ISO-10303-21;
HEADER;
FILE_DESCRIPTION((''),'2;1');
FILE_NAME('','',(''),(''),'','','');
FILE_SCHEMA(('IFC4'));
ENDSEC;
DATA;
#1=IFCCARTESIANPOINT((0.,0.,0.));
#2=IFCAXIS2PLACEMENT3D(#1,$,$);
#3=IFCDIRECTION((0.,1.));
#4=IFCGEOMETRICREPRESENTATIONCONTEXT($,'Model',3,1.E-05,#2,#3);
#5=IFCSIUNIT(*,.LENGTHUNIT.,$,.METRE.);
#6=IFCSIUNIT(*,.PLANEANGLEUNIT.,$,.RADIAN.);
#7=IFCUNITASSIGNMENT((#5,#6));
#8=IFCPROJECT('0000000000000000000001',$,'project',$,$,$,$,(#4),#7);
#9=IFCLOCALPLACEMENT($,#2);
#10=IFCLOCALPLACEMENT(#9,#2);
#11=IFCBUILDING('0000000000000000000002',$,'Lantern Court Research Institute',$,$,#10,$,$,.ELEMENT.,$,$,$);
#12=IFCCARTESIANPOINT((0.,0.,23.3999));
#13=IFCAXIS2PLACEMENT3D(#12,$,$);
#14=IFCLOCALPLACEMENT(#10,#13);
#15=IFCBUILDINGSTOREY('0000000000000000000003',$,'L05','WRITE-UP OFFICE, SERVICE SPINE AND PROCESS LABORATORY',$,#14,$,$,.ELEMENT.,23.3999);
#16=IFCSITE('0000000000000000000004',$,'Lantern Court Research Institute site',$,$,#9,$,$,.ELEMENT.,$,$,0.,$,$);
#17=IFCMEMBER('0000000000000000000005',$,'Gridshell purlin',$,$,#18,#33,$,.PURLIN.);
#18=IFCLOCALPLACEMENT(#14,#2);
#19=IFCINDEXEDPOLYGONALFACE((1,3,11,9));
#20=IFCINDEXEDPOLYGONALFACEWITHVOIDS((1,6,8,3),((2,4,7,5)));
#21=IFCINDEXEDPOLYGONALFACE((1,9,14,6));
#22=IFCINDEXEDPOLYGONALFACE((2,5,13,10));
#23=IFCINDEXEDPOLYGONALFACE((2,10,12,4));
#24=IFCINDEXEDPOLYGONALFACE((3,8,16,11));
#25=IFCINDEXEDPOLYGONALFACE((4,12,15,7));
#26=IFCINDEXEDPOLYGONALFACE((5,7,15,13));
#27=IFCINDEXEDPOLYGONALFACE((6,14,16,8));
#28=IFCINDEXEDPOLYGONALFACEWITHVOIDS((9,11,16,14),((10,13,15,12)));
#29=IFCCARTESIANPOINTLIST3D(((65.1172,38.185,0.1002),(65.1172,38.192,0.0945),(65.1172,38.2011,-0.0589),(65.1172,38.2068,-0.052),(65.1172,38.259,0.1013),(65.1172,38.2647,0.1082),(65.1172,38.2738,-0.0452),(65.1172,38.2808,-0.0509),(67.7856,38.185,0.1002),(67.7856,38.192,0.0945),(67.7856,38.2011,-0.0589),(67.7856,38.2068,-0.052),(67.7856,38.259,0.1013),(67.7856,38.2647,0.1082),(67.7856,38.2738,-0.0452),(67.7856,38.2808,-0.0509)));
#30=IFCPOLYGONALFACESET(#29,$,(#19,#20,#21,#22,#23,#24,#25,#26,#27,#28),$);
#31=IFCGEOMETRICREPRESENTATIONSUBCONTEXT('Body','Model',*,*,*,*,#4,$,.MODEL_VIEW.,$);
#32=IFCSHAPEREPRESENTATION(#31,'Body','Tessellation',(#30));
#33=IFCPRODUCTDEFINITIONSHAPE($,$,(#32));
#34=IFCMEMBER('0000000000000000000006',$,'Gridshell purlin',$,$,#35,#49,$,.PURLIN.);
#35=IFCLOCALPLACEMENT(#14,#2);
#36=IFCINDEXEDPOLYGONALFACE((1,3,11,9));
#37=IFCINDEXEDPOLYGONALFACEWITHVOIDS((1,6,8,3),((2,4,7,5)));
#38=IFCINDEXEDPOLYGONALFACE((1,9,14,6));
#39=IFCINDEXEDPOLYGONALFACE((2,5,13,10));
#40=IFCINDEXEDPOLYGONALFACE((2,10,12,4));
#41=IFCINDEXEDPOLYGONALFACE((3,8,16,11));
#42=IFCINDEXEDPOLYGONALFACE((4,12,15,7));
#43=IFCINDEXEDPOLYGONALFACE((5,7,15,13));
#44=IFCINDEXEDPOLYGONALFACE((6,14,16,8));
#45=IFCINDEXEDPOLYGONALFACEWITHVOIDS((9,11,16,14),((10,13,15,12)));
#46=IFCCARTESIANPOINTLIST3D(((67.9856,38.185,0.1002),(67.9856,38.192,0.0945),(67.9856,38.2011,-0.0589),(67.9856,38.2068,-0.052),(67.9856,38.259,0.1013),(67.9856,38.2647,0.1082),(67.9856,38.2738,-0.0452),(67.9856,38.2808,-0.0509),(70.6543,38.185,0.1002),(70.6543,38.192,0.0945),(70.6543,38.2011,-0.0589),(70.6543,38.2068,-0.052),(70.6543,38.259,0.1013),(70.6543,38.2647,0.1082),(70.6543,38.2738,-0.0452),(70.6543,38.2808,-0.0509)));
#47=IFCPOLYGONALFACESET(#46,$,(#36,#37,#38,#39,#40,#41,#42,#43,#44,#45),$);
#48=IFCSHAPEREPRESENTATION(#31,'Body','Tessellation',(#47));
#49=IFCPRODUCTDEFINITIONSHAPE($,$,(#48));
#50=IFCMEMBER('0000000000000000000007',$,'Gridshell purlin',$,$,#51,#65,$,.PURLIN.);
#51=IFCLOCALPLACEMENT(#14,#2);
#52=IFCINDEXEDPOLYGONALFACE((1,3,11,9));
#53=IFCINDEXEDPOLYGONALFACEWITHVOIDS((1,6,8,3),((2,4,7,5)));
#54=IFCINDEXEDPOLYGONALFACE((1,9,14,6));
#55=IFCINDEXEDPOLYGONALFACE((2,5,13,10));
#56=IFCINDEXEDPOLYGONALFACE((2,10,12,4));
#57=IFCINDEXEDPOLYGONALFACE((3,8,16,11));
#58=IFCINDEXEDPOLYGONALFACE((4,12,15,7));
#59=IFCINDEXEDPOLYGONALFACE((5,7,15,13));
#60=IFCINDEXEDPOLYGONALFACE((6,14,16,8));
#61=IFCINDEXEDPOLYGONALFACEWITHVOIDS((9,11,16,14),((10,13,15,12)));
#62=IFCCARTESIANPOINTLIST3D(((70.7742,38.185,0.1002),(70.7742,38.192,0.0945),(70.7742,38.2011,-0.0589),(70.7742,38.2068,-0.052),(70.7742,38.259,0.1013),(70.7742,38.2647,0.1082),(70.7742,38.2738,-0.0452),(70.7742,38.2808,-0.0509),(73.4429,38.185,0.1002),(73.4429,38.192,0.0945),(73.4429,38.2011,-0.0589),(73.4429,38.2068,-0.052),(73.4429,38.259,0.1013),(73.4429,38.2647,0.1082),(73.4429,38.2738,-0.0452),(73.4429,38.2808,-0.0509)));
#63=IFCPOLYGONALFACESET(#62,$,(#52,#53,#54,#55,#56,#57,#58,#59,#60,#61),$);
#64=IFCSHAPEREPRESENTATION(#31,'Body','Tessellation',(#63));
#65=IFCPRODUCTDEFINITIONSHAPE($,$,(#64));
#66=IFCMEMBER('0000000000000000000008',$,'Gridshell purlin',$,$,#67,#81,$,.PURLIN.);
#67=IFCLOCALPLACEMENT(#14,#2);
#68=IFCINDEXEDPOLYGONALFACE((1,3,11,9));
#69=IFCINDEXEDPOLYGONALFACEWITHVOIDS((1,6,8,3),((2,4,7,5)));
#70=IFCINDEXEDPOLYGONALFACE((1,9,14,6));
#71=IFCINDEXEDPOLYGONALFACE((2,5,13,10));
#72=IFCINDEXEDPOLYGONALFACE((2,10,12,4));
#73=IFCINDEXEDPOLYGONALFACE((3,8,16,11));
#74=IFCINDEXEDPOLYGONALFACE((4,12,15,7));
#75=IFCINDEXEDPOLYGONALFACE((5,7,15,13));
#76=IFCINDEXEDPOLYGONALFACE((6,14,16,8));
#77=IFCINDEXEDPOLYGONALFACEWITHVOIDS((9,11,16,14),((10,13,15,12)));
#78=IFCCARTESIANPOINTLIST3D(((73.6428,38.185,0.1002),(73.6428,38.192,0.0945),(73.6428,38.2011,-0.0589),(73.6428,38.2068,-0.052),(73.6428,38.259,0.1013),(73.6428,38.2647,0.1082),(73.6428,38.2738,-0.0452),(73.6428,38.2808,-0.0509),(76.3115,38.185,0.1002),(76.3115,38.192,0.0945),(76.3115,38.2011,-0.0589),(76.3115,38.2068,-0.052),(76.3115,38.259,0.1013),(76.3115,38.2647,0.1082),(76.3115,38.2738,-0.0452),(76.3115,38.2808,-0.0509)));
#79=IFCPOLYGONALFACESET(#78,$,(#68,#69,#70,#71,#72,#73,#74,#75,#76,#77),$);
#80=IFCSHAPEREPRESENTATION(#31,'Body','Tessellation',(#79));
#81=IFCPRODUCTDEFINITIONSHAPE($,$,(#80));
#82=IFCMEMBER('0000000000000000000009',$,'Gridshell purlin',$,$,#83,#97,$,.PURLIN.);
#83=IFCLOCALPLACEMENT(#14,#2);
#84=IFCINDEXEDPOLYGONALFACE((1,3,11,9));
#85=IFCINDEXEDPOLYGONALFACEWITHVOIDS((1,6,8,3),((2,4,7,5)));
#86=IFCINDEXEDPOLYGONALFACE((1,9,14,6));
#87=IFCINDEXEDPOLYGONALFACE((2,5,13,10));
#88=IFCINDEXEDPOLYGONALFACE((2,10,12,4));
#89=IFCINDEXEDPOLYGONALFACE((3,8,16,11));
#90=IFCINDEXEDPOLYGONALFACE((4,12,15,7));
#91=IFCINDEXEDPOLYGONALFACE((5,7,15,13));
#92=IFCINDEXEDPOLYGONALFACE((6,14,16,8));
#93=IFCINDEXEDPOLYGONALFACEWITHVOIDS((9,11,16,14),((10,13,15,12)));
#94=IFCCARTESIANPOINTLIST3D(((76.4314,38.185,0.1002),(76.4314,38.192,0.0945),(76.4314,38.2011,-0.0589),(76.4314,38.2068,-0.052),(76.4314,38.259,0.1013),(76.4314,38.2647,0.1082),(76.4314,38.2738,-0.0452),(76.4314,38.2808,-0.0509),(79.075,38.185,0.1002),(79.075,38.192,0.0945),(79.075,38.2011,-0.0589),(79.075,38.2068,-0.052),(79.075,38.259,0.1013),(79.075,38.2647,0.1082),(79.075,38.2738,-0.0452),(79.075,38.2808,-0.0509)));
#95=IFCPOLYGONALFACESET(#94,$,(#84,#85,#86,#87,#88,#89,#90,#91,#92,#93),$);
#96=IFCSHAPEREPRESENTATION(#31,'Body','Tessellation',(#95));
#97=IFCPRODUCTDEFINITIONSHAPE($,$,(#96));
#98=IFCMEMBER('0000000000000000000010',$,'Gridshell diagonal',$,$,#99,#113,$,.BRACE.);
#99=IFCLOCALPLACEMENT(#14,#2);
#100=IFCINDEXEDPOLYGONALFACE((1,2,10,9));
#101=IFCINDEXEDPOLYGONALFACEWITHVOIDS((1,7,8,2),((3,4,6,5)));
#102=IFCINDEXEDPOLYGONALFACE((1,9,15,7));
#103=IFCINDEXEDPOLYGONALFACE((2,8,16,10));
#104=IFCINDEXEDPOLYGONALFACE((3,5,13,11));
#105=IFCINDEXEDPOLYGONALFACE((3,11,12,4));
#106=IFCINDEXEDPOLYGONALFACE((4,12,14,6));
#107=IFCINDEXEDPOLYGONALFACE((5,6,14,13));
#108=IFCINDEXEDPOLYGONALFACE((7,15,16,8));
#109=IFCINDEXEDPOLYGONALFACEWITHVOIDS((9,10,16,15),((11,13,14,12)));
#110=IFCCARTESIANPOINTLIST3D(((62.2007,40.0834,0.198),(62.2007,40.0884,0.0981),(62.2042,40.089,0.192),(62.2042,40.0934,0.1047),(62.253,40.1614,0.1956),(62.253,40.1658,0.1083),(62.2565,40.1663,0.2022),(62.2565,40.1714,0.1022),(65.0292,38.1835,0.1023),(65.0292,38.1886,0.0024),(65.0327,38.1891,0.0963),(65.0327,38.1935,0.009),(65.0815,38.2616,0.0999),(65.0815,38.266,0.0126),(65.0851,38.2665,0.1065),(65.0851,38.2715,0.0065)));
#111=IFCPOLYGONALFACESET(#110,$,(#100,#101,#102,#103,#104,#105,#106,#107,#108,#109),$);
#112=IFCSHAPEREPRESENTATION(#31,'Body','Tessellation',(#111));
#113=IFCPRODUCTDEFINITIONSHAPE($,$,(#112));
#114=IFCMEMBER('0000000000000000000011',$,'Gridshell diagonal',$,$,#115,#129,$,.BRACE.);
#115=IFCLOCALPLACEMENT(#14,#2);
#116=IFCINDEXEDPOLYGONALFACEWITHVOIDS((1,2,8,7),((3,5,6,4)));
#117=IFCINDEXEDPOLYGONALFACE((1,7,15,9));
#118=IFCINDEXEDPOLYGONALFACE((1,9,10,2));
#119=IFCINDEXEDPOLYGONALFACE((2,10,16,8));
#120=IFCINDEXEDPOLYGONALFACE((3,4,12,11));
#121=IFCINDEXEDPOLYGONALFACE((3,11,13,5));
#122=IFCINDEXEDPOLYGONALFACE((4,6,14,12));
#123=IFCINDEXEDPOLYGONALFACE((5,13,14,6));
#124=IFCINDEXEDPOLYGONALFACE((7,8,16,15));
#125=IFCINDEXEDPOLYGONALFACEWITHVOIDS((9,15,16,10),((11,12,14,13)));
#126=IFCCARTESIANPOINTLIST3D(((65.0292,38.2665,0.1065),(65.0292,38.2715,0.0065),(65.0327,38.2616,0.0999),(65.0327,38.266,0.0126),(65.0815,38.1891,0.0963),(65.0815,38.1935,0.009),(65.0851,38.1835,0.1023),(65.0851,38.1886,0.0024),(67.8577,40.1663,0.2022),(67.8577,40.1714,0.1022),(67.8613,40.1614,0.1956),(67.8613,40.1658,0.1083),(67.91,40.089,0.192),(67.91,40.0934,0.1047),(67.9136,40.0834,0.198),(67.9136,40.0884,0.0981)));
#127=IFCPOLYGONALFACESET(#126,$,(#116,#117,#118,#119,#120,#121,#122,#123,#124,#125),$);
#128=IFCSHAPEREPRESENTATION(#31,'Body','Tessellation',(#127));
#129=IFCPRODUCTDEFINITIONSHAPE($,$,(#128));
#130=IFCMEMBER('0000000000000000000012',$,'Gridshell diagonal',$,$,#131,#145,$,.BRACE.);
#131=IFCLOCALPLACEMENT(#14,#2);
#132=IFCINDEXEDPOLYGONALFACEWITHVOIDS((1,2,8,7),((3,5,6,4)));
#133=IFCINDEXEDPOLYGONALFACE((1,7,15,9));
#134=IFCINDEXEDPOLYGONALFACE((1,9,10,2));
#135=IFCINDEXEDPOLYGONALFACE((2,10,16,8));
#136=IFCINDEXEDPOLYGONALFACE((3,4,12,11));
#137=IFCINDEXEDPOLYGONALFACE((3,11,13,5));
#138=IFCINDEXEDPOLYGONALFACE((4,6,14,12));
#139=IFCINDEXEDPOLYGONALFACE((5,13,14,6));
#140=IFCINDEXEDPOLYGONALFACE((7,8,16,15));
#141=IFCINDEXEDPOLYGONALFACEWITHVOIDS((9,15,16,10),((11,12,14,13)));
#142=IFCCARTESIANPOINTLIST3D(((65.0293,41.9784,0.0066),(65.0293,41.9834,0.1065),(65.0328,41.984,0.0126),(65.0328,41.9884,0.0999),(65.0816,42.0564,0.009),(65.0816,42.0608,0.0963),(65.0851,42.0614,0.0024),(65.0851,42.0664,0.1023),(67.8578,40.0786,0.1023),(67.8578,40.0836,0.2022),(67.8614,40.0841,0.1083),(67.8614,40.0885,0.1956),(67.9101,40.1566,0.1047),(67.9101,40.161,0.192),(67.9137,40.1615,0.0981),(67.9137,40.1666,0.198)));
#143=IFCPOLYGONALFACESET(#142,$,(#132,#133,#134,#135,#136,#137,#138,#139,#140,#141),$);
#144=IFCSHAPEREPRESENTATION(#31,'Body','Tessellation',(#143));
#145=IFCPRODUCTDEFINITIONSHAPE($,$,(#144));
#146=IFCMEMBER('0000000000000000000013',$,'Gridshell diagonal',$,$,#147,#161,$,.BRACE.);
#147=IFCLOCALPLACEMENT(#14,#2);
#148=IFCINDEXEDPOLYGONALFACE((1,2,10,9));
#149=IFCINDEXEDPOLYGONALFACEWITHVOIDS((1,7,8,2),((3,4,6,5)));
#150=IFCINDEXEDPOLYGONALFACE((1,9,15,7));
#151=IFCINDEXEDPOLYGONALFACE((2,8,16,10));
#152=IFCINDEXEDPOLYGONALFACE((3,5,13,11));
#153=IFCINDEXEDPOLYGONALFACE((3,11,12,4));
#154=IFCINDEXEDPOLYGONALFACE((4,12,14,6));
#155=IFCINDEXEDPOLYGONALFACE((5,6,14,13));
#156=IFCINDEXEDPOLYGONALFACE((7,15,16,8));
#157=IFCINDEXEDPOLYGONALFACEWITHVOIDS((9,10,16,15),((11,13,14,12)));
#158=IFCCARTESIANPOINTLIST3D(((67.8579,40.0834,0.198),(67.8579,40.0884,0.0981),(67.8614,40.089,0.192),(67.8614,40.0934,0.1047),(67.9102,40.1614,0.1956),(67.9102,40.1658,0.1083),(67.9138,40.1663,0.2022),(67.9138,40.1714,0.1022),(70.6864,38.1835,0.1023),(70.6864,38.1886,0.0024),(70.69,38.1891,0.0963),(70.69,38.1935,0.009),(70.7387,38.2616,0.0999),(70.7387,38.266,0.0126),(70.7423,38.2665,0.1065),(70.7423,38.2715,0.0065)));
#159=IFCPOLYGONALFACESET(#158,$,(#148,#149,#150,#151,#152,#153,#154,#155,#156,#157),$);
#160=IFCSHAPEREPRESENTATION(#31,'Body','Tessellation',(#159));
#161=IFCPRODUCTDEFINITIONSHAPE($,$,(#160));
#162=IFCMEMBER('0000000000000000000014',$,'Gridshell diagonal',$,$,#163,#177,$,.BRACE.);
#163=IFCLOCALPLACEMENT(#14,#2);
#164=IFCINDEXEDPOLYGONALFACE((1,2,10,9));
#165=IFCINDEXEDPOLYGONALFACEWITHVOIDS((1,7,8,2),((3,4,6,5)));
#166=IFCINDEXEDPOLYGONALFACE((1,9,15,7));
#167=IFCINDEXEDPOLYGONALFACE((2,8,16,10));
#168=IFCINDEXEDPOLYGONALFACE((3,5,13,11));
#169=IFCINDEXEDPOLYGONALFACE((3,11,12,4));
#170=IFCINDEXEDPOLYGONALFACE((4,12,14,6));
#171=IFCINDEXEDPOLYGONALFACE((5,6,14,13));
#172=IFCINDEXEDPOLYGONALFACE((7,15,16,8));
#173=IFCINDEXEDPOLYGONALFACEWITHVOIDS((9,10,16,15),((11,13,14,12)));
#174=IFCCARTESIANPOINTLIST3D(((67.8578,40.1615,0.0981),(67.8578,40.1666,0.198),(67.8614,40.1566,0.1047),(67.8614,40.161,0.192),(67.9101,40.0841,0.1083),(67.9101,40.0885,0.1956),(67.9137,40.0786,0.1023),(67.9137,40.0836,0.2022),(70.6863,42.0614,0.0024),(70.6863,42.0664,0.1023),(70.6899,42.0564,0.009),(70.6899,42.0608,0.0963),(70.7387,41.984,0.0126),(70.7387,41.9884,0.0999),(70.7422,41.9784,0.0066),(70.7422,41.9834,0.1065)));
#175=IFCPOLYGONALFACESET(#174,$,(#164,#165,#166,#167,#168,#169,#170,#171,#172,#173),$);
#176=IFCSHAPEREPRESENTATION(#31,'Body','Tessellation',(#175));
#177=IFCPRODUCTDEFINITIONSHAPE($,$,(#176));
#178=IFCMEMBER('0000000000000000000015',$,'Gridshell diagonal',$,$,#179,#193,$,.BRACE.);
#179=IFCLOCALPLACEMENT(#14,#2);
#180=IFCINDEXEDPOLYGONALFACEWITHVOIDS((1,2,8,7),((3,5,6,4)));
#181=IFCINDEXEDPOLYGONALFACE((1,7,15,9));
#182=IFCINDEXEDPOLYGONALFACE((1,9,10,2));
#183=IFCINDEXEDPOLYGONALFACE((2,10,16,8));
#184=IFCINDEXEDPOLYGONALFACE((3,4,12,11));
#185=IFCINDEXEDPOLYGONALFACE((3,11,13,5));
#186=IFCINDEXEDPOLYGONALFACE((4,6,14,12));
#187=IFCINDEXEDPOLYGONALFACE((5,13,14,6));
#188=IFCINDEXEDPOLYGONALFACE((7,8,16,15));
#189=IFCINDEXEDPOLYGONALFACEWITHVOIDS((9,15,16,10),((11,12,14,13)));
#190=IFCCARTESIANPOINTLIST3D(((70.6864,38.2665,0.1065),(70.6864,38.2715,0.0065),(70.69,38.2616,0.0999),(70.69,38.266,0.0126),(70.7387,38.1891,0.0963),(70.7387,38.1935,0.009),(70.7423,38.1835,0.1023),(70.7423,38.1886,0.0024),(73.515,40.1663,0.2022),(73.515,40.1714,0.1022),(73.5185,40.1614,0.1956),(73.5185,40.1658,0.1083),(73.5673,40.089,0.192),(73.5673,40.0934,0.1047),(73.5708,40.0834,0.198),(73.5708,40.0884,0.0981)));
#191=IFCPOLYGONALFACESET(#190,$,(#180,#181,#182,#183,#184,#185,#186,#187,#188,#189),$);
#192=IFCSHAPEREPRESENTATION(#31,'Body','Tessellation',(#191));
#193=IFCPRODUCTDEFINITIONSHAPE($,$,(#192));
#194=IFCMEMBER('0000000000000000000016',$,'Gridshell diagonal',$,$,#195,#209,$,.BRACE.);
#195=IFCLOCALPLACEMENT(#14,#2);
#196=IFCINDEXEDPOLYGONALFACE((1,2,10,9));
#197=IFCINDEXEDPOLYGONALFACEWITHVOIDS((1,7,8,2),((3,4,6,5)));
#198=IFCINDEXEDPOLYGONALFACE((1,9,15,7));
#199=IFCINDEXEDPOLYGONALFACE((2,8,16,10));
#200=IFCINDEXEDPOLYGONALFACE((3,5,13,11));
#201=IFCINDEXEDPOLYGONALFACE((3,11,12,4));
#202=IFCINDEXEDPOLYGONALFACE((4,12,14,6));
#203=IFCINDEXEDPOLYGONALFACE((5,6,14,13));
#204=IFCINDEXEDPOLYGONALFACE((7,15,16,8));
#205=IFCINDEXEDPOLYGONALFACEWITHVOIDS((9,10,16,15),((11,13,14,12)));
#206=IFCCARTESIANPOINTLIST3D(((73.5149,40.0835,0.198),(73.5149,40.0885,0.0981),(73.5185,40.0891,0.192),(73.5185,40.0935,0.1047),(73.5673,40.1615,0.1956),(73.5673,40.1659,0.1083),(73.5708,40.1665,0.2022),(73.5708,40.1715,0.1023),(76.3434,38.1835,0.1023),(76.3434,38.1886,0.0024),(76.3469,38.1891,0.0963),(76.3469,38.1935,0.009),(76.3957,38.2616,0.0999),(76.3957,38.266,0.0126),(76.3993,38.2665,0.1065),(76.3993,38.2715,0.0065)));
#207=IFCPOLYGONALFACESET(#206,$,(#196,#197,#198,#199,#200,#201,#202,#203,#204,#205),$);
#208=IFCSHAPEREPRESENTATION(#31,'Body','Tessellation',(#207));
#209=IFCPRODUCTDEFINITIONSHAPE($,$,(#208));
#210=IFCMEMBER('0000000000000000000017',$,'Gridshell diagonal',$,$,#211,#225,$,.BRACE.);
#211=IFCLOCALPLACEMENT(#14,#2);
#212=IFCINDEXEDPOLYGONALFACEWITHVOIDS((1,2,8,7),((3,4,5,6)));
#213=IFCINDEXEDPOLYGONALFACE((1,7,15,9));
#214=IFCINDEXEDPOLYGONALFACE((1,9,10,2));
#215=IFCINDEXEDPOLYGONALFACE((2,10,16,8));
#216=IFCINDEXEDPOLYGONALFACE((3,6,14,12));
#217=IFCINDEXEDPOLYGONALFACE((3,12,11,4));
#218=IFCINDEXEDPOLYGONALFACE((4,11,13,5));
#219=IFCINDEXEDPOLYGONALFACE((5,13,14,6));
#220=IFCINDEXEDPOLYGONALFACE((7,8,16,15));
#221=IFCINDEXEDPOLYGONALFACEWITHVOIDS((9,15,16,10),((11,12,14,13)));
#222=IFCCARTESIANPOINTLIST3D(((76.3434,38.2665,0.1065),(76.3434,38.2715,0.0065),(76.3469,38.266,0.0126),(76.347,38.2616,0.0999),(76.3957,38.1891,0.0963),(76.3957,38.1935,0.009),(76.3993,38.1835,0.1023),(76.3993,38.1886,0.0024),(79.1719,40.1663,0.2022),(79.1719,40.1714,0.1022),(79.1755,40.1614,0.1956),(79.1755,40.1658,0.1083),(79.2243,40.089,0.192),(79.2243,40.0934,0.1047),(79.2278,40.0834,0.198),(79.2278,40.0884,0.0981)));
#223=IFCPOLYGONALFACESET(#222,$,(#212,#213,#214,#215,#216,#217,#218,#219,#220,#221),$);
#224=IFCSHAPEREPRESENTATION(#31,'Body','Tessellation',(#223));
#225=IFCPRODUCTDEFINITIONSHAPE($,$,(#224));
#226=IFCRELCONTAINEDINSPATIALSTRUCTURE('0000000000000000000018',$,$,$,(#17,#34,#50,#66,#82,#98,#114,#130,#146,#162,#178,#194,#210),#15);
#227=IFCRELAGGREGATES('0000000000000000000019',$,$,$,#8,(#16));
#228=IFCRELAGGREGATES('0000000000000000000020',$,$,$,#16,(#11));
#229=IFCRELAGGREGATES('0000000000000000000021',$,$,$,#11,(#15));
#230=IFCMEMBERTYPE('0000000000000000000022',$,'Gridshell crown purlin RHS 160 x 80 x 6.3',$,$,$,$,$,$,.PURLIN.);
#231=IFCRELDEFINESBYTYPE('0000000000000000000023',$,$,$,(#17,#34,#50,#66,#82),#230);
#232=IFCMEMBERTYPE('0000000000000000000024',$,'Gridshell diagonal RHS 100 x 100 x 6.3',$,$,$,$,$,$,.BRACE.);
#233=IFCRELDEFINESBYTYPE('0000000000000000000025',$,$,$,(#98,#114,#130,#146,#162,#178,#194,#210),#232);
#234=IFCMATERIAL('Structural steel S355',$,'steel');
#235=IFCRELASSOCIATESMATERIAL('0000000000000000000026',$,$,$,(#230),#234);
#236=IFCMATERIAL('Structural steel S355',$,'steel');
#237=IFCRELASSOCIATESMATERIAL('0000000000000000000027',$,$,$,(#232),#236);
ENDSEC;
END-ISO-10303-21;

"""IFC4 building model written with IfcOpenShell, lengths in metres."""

from ifc_helpers import new_model, si_unit, direction, frame, origin, origin_2d, place, context, subcontext, project, spatial, hollow_rectangle, extrude, material, material_profile, profile_set, type_object, element, save


model = new_model("IFC4")

# Units and contexts
model_context = context("Model", 3, precision=1e-05, world=origin(), true_north=direction((0.0, 1.0)))
body_context = subcontext(model_context, "Body", "Model", "MODEL_VIEW")
ifc_project = project(units=[si_unit("LENGTHUNIT", "METRE"), si_unit("PLANEANGLEUNIT", "RADIAN")], contexts=[model_context])

# Site, building, storey
site_placement = place(None, origin())
site = spatial("IfcSite", under=ifc_project, at=site_placement, Name="Lantern Court Research Institute site", CompositionType="ELEMENT", RefElevation=0.0)
building_placement = place(site_placement, origin())
building = spatial("IfcBuilding", under=site, at=building_placement, Name="Lantern Court Research Institute", CompositionType="ELEMENT")
storey_placement = place(building_placement, frame((0.0, 0.0, 23.3999)))
storey = spatial("IfcBuildingStorey", under=building, at=storey_placement, Name="L05", Description="WRITE-UP OFFICE, SERVICE SPINE AND PROCESS LABORATORY", CompositionType="ELEMENT", Elevation=23.3999)

# Members
ifc_material_1 = material(Name="Structural steel S355", Category="steel")
ifc_material_profile_1 = material_profile(ifc_material_1, hollow_rectangle(XDim=0.0801, YDim=0.1599, WallThickness=0.0063, at=origin_2d()), Name="Gridshell crown purlin RHS 160 x 80 x 6.3")
ifc_profile_set_1 = profile_set([ifc_material_profile_1], Name="Structural steel S355")
member_type_1 = type_object("IfcMemberType", Name="Gridshell crown purlin RHS 160 x 80 x 6.3", PredefinedType="PURLIN", material=ifc_profile_set_1)
member_1_placement = place(storey_placement, frame((65.1172, 38.2329, 0.0247), z_axis=(1.0, 0.0, 0.0), x_axis=(0.0, 0.994934, 0.100531)))
element("IfcMember", 1, at=member_1_placement, inside=storey, type_object=member_type_1, Name="Gridshell purlin", PredefinedType="PURLIN", context=body_context, shape_type="SweptSolid", body=[
    extrude(hollow_rectangle(XDim=0.0801, YDim=0.1599, WallThickness=0.0063, at=origin_2d()), origin(), (0.0, 0.0, 1.0), 2.6685),
])
for number, where, z_axis, x_axis, name in (
    (2, (67.9856, 38.2329, 0.0247), (1.0, 0.0, 0.0), (0.0, 0.994934, 0.100531), "Gridshell purlin"),
    (3, (70.7742, 38.2329, 0.0247), (1.0, 0.0, 0.0), (0.0, 0.994934, 0.100531), "Gridshell purlin"),
    (4, (73.6428, 38.2329, 0.0247), (1.0, 0.0, 0.0), (0.0, 0.994934, 0.100531), "Gridshell purlin"),
):
    element("IfcMember", number, at=place(storey_placement, frame(where, z_axis=z_axis, x_axis=x_axis)), inside=storey, type_object=member_type_1, Name=name, PredefinedType="PURLIN", context=body_context, shape_type="SweptSolid", body=[
        extrude(hollow_rectangle(XDim=0.0801, YDim=0.1599, WallThickness=0.0063, at=origin_2d()), origin(), (0.0, 0.0, 1.0), 2.6687),
    ])
member_2_placement = place(storey_placement, frame((76.4314, 38.2329, 0.0247), z_axis=(1.0, 0.0, 0.0), x_axis=(0.0, 0.994934, 0.100531)))
element("IfcMember", 5, at=member_2_placement, inside=storey, type_object=member_type_1, Name="Gridshell purlin", PredefinedType="PURLIN", context=body_context, shape_type="SweptSolid", body=[
    extrude(hollow_rectangle(XDim=0.0801, YDim=0.1599, WallThickness=0.0063, at=origin_2d()), origin(), (0.0, 0.0, 1.0), 2.6436),
])
ifc_material_2 = material(Name="Structural steel S355", Category="steel")
ifc_material_profile_2 = material_profile(ifc_material_2, hollow_rectangle(XDim=0.1001, YDim=0.1001, WallThickness=0.0063, at=origin_2d()), Name="Gridshell diagonal RHS 100 x 100 x 6.3")
ifc_profile_set_2 = profile_set([ifc_material_profile_2], Name="Structural steel S355")
member_type_2 = type_object("IfcMemberType", Name="Gridshell diagonal RHS 100 x 100 x 6.3", PredefinedType="BRACE", material=ifc_profile_set_2)
for number, where, z_axis, x_axis, name in (
    (6, (65.0571, 38.2275, 0.0544), (-0.8298, 0.557354, 0.028075), (-0.558061, -0.828749, -0.041762), "Gridshell diagonal"),
    (7, (65.0571, 38.2275, 0.0544), (0.8298, 0.557354, 0.028075), (-0.558061, 0.828749, 0.041762), "Gridshell diagonal"),
    (8, (67.8857, 40.1226, 0.1501), (-0.8298, 0.557354, -0.028075), (-0.558061, -0.828749, 0.041762), "Gridshell diagonal"),
    (9, (70.7144, 38.2275, 0.0544), (-0.8298, 0.557354, 0.028075), (-0.558061, -0.828749, -0.041762), "Gridshell diagonal"),
    (10, (67.8857, 40.1226, 0.1501), (0.8298, 0.557354, -0.028075), (-0.558061, 0.828749, -0.041762), "Gridshell diagonal"),
    (11, (70.7144, 38.2275, 0.0544), (0.8298, 0.557354, 0.028075), (-0.558061, 0.828749, 0.041762), "Gridshell diagonal"),
    (12, (76.3713, 38.2275, 0.0544), (-0.829778, 0.557387, 0.028077), (-0.558094, -0.828726, -0.041762), "Gridshell diagonal"),
    (13, (76.3713, 38.2275, 0.0544), (0.8298, 0.557354, 0.028075), (-0.558061, 0.828749, 0.041762), "Gridshell diagonal"),
):
    element("IfcMember", number, at=place(storey_placement, frame(where, z_axis=z_axis, x_axis=x_axis)), inside=storey, type_object=member_type_2, Name=name, PredefinedType="BRACE", context=body_context, shape_type="SweptSolid", body=[
        extrude(hollow_rectangle(XDim=0.1001, YDim=0.1001, WallThickness=0.0063, at=origin_2d()), origin(), (0.0, 0.0, 1.0), 3.4087),
    ])

save(model, "model.ifc")
